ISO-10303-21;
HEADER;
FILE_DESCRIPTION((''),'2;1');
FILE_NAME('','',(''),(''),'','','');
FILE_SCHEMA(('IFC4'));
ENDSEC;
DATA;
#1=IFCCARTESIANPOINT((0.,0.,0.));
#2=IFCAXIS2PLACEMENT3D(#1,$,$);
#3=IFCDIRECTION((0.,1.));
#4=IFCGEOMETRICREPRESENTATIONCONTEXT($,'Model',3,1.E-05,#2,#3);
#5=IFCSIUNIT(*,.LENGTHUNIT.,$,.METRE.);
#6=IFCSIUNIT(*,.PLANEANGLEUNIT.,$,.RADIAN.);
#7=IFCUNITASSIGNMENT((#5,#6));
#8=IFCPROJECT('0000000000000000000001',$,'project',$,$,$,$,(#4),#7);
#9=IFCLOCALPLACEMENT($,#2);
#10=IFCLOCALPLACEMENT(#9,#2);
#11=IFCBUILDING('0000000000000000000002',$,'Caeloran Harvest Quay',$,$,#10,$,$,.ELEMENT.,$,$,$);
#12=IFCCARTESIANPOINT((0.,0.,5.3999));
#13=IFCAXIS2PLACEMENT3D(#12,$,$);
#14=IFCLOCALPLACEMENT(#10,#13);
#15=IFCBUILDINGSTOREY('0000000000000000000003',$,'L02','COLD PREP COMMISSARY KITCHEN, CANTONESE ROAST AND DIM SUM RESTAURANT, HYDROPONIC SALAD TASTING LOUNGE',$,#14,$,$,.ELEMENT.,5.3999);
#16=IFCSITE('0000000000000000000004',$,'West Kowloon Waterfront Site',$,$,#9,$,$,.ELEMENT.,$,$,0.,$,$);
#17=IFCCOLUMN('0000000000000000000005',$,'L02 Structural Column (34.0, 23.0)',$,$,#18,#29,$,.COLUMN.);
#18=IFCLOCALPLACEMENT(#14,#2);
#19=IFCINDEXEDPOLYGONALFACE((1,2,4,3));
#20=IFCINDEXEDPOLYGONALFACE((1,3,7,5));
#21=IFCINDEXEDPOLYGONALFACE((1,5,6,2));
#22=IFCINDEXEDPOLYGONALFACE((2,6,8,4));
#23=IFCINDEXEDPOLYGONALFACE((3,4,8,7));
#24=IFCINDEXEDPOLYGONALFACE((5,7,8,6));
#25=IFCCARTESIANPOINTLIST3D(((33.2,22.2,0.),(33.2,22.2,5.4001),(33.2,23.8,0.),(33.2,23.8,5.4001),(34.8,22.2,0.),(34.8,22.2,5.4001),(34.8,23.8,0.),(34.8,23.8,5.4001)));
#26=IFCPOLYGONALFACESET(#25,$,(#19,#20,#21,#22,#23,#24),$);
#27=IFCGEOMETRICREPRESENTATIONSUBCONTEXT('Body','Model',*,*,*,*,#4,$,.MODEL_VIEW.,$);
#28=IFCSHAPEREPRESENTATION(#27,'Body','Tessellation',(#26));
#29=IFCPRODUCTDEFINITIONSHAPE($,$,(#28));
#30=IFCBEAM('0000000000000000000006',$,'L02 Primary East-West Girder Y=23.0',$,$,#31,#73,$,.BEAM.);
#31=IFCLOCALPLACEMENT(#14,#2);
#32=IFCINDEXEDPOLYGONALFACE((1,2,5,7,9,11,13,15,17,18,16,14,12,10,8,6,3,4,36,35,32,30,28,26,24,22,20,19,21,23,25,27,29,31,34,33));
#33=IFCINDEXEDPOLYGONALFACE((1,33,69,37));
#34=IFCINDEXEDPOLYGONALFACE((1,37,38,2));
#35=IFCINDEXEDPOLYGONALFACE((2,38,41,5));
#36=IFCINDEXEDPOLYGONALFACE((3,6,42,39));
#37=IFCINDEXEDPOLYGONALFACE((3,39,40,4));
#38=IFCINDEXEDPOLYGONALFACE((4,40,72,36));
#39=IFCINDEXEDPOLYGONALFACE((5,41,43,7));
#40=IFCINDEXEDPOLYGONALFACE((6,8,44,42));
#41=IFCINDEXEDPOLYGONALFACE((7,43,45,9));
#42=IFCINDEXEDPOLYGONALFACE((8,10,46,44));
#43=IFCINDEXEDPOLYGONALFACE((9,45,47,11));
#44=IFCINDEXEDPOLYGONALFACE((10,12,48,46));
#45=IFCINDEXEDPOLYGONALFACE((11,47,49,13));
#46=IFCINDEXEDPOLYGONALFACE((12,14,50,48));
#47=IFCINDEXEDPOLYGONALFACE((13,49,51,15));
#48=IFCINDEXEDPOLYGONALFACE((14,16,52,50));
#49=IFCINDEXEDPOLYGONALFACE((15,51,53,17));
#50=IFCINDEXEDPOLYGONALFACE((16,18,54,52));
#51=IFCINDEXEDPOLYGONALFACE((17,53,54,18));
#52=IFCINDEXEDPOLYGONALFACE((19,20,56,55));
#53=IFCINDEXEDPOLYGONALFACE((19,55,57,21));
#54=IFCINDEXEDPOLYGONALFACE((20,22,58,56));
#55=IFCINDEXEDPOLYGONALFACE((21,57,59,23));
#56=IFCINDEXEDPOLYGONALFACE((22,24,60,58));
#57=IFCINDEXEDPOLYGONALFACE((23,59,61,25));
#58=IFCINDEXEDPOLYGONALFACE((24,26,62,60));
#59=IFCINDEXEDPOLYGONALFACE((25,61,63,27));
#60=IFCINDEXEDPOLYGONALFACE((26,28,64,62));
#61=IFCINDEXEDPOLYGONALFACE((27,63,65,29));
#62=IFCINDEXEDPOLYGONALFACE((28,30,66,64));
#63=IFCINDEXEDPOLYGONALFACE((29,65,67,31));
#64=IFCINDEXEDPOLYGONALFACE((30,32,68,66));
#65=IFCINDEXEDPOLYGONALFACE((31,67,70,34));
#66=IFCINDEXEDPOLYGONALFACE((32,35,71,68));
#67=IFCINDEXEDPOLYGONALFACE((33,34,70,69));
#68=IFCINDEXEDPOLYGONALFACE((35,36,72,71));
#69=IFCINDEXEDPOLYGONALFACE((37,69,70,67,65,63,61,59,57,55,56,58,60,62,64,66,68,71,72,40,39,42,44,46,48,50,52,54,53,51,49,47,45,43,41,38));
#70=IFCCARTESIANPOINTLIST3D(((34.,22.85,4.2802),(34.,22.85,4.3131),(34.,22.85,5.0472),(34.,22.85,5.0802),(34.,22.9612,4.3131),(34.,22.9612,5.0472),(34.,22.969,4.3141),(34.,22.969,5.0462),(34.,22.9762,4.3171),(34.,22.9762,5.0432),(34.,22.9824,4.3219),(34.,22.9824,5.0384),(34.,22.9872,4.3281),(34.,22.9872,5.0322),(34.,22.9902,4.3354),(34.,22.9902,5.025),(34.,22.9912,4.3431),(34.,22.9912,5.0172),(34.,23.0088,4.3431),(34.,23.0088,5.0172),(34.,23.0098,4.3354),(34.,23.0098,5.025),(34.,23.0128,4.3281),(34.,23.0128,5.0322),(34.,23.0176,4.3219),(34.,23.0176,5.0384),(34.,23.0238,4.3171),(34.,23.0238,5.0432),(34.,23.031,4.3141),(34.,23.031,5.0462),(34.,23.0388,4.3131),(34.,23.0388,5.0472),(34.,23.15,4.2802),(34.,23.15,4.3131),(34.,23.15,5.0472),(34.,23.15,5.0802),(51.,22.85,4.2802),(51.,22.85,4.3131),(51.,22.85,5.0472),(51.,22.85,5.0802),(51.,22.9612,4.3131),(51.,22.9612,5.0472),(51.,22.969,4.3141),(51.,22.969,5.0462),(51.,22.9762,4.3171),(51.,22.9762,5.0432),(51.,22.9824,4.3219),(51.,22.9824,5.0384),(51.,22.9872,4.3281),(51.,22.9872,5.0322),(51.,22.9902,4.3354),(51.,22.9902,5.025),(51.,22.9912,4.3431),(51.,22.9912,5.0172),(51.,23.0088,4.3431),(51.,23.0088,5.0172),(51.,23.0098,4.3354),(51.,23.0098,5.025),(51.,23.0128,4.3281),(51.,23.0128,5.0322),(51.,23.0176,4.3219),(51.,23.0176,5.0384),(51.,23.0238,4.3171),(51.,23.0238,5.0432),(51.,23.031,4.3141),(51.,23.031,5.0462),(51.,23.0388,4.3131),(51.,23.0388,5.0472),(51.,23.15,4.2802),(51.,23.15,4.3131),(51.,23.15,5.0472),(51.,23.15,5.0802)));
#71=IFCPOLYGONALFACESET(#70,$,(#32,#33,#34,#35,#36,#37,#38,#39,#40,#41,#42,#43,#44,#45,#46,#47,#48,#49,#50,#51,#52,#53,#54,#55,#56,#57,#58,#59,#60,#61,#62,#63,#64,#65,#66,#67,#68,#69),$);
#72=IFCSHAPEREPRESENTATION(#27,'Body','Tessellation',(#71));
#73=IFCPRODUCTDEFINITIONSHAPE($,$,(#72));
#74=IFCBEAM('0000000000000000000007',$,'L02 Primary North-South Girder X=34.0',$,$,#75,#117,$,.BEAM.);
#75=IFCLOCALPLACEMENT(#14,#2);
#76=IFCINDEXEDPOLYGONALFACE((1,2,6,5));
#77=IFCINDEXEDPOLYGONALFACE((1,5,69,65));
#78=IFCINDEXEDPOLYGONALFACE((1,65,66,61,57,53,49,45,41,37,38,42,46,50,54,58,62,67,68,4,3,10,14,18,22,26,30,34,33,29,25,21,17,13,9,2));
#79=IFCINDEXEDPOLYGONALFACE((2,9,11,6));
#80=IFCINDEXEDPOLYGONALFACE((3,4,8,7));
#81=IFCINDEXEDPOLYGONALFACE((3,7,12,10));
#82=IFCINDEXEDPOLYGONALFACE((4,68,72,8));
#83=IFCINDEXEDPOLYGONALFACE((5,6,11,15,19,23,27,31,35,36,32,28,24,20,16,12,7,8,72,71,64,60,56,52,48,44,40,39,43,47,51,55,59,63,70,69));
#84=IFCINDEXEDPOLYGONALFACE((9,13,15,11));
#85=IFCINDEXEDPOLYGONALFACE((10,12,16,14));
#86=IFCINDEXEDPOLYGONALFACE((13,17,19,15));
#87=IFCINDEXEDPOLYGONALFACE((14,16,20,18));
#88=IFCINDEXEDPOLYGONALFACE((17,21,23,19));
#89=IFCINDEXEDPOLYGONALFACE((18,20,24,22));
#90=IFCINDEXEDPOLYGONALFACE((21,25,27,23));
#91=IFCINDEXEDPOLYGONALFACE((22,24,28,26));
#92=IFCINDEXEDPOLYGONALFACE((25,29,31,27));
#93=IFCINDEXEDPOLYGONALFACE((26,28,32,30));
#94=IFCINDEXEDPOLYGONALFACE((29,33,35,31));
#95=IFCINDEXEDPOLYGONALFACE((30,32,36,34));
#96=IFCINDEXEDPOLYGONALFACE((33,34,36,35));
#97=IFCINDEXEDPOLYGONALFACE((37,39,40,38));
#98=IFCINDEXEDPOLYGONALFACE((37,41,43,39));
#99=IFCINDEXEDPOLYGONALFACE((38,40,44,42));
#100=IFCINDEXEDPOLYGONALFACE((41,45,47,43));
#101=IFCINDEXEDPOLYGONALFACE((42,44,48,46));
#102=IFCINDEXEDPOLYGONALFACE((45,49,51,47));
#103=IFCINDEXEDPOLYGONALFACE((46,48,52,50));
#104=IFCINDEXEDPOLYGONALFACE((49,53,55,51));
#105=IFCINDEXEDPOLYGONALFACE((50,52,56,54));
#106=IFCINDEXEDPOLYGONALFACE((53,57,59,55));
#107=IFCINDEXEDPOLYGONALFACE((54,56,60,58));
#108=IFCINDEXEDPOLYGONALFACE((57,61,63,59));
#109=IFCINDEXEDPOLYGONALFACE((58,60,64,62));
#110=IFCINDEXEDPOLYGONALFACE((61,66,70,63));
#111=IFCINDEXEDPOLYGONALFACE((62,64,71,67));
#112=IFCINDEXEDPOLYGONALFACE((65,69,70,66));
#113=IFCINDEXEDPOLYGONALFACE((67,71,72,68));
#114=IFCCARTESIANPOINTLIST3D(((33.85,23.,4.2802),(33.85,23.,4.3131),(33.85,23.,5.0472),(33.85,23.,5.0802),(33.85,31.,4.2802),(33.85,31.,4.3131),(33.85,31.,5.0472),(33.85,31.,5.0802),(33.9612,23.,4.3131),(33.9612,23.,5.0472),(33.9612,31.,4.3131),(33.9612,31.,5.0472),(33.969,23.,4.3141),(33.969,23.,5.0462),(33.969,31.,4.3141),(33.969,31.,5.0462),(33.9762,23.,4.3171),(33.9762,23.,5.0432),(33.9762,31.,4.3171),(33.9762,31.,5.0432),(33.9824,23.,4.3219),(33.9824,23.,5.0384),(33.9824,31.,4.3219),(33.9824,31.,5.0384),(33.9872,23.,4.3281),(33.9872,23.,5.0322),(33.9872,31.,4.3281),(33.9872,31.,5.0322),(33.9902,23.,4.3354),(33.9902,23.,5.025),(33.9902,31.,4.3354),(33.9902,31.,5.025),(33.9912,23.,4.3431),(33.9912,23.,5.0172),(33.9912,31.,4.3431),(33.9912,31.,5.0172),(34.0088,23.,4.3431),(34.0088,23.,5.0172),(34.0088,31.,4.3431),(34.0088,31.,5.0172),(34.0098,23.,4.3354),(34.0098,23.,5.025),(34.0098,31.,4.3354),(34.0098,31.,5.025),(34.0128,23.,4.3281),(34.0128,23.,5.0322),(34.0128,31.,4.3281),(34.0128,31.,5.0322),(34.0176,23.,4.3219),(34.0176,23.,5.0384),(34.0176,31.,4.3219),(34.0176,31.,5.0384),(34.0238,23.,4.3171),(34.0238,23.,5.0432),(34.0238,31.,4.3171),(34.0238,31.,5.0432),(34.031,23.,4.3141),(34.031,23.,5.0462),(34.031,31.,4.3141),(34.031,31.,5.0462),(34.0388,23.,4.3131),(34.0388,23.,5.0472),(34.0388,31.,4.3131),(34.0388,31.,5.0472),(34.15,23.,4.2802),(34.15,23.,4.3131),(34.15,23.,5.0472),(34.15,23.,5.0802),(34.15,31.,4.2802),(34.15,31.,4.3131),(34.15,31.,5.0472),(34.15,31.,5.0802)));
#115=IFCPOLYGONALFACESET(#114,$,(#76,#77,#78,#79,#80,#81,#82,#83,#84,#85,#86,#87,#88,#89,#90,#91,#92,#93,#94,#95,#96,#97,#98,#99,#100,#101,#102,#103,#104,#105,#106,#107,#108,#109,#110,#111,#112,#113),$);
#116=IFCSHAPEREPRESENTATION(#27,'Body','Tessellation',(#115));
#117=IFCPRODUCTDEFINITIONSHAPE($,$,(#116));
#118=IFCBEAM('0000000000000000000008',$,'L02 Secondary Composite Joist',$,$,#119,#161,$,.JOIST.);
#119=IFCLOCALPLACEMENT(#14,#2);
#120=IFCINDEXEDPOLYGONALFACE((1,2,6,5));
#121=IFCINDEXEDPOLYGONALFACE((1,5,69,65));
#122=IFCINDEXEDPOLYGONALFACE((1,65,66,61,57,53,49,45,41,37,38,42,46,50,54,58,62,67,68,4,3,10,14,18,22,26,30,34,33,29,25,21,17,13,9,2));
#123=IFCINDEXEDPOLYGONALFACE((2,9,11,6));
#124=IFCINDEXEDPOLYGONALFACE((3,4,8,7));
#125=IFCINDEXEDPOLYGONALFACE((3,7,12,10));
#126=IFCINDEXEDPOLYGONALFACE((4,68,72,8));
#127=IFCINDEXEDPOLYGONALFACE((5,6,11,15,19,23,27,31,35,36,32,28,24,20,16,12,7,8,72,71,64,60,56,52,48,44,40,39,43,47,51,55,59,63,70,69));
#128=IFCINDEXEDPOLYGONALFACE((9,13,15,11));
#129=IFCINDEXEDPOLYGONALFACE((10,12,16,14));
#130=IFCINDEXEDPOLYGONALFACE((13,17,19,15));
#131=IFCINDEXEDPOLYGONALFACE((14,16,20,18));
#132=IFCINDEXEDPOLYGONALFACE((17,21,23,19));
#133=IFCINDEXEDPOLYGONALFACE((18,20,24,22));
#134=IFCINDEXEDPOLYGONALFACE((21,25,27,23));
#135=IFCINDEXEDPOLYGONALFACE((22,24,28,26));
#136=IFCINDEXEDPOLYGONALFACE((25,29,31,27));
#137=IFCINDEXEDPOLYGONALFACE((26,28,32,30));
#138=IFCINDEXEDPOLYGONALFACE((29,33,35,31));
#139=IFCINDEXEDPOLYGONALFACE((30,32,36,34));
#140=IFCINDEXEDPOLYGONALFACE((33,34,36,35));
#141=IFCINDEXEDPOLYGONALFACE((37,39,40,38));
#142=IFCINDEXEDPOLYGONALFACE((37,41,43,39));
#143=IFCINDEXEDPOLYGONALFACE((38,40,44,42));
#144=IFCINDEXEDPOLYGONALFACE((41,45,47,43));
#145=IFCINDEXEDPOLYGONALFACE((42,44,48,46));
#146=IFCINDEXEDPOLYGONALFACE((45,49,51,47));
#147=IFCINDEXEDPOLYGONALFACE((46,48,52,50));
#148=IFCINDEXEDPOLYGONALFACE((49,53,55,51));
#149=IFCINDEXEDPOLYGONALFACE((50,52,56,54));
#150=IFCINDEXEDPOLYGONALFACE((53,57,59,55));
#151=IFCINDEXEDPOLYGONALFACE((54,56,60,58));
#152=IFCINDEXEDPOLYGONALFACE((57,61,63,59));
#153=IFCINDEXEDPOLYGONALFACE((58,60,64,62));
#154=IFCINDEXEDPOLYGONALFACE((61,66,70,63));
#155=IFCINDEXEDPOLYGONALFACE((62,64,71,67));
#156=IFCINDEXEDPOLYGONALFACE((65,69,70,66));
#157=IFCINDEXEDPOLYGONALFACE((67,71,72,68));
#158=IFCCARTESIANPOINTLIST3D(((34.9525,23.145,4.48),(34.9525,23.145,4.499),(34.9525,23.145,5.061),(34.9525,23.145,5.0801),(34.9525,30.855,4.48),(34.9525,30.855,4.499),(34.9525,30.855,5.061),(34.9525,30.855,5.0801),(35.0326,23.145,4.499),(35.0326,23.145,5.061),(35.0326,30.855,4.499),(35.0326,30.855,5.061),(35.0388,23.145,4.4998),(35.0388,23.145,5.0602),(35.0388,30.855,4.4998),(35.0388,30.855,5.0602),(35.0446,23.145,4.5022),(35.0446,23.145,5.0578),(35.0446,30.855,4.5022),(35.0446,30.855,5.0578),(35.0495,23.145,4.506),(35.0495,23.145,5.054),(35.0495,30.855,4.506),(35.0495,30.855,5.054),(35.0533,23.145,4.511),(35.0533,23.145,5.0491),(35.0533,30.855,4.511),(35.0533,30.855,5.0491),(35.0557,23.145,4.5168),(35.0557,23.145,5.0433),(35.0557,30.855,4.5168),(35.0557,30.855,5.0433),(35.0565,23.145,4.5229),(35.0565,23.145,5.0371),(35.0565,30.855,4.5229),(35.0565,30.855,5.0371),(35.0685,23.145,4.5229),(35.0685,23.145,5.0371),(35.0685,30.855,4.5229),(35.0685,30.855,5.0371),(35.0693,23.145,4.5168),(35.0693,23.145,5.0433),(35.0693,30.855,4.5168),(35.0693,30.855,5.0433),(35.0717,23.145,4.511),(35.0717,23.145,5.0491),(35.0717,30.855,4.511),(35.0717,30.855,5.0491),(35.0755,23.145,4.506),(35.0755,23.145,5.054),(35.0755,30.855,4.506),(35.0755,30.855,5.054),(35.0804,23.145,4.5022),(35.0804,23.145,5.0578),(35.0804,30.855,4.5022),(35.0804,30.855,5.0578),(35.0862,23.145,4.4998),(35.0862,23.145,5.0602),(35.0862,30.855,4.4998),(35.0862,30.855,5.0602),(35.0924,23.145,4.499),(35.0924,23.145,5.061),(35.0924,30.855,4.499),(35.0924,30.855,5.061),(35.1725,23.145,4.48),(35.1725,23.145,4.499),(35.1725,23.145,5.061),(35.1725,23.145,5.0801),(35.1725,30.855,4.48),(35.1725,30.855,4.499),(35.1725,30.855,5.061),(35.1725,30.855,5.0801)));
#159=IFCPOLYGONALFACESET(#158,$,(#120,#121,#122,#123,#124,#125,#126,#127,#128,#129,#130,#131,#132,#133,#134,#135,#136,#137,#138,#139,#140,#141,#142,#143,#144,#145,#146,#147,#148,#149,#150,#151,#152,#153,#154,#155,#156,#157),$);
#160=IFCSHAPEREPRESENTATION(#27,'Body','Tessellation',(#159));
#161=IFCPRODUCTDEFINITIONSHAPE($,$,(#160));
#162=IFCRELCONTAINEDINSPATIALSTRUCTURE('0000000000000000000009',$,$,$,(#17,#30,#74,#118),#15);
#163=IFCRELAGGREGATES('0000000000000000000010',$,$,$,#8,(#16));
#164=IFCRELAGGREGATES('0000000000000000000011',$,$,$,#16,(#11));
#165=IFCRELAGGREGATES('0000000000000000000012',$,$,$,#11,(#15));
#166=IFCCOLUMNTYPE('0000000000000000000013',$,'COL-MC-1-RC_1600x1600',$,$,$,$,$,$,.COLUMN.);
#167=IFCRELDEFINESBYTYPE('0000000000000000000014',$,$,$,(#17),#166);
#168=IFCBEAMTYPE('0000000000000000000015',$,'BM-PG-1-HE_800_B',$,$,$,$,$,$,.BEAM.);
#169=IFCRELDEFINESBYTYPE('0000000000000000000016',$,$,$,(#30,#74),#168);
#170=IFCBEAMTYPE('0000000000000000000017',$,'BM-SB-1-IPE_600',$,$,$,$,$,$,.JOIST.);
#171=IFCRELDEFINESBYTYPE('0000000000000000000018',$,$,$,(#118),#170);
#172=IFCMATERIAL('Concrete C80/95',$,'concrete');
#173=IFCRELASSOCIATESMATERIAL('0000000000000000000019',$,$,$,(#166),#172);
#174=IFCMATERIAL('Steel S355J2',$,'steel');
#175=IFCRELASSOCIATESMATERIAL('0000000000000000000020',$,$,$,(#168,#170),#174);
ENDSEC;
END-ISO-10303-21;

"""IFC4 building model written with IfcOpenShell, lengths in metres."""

from ifc_helpers import new_model, si_unit, direction, frame, origin, origin_2d, place, context, subcontext, project, spatial, rectangle, i_section, extrude, material, material_profile, profile_set, type_object, element, save


model = new_model("IFC4")

# Units and contexts
model_context = context("Model", 3, precision=1e-05, world=origin(), true_north=direction((0.0, 1.0)))
body_context = subcontext(model_context, "Body", "Model", "MODEL_VIEW")
ifc_project = project(units=[si_unit("LENGTHUNIT", "METRE"), si_unit("PLANEANGLEUNIT", "RADIAN")], contexts=[model_context])

# Site, building, storey
site_placement = place(None, origin())
site = spatial("IfcSite", under=ifc_project, at=site_placement, Name="West Kowloon Waterfront Site", CompositionType="ELEMENT", RefElevation=0.0)
building_placement = place(site_placement, origin())
building = spatial("IfcBuilding", under=site, at=building_placement, Name="Caeloran Harvest Quay", CompositionType="ELEMENT")
storey_placement = place(building_placement, frame((0.0, 0.0, 5.3999)))
storey = spatial("IfcBuildingStorey", under=building, at=storey_placement, Name="L02", Description="COLD PREP COMMISSARY KITCHEN, CANTONESE ROAST AND DIM SUM RESTAURANT, HYDROPONIC SALAD TASTING LOUNGE", CompositionType="ELEMENT", Elevation=5.3999)

# Column
ifc_material_1 = material(Name="Concrete C80/95", Category="concrete")
ifc_material_profile_1 = material_profile(ifc_material_1, rectangle(XDim=1.6001, YDim=1.6001, at=origin_2d()), Name="RC 1600x1600")
ifc_profile_set_1 = profile_set([ifc_material_profile_1], Name="Concrete C80/95")
column_type = type_object("IfcColumnType", Name="COL-MC-1-RC_1600x1600", PredefinedType="COLUMN", material=ifc_profile_set_1)
column_placement = place(storey_placement, frame((34.0, 23.0, 0.0), z_axis=(0.0, 0.0, 1.0), x_axis=(1.0, 0.0, 0.0)))
element("IfcColumn", 1, at=column_placement, inside=storey, type_object=column_type, Name="L02 Structural Column (34.0, 23.0)", PredefinedType="COLUMN", context=body_context, shape_type="SweptSolid", body=[
    extrude(rectangle(XDim=1.6001, YDim=1.6001, at=origin_2d()), origin(), (0.0, 0.0, 1.0), 5.4001),
])

# Beams
ifc_material_2 = material(Name="Steel S355J2", Category="steel")
ifc_material_profile_2 = material_profile(ifc_material_2, i_section(OverallWidth=0.3, OverallDepth=0.8, WebThickness=0.0176, FlangeThickness=0.033, FilletRadius=0.03, at=origin_2d()), Name="HE 800 B")
ifc_profile_set_2 = profile_set([ifc_material_profile_2], Name="Steel S355J2")
beam_type_1 = type_object("IfcBeamType", Name="BM-PG-1-HE_800_B", PredefinedType="BEAM", material=ifc_profile_set_2)
beam_1_placement = place(storey_placement, frame((34.0, 23.0, 4.6802), z_axis=(1.0, 0.0, 0.0), x_axis=(0.0, 1.0, 0.0)))
element("IfcBeam", 2, at=beam_1_placement, inside=storey, type_object=beam_type_1, Name="L02 Primary East-West Girder Y=23.0", PredefinedType="BEAM", context=body_context, shape_type="SweptSolid", body=[
    extrude(i_section(OverallWidth=0.3, OverallDepth=0.8, WebThickness=0.0176, FlangeThickness=0.033, FilletRadius=0.03, at=origin_2d()), origin(), (0.0, 0.0, 1.0), 17.0),
])
beam_2_placement = place(storey_placement, frame((34.0, 23.0, 4.6802), z_axis=(0.0, 1.0, 0.0), x_axis=(-1.0, 0.0, 0.0)))
element("IfcBeam", 3, at=beam_2_placement, inside=storey, type_object=beam_type_1, Name="L02 Primary North-South Girder X=34.0", PredefinedType="BEAM", context=body_context, shape_type="SweptSolid", body=[
    extrude(i_section(OverallWidth=0.3, OverallDepth=0.8, WebThickness=0.0176, FlangeThickness=0.033, FilletRadius=0.03, at=origin_2d()), origin(), (0.0, 0.0, 1.0), 8.0),
])
ifc_material_profile_3 = material_profile(ifc_material_2, i_section(OverallWidth=0.22, OverallDepth=0.6001, WebThickness=0.012, FlangeThickness=0.019, FilletRadius=0.0239, at=origin_2d()), Name="IPE 600")
ifc_profile_set_3 = profile_set([ifc_material_profile_3], Name="Steel S355J2")
beam_type_2 = type_object("IfcBeamType", Name="BM-SB-1-IPE_600", PredefinedType="JOIST", material=ifc_profile_set_3)
beam_3_placement = place(storey_placement, frame((35.0625, 23.145, 4.78), z_axis=(0.0, 1.0, 0.0), x_axis=(-1.0, 0.0, 0.0)))
element("IfcBeam", 4, at=beam_3_placement, inside=storey, type_object=beam_type_2, Name="L02 Secondary Composite Joist", PredefinedType="JOIST", context=body_context, shape_type="SweptSolid", body=[
    extrude(i_section(OverallWidth=0.22, OverallDepth=0.6001, WebThickness=0.012, FlangeThickness=0.019, FilletRadius=0.0239, at=origin_2d()), origin(), (0.0, 0.0, 1.0), 7.71),
])

save(model, "model.ifc")
